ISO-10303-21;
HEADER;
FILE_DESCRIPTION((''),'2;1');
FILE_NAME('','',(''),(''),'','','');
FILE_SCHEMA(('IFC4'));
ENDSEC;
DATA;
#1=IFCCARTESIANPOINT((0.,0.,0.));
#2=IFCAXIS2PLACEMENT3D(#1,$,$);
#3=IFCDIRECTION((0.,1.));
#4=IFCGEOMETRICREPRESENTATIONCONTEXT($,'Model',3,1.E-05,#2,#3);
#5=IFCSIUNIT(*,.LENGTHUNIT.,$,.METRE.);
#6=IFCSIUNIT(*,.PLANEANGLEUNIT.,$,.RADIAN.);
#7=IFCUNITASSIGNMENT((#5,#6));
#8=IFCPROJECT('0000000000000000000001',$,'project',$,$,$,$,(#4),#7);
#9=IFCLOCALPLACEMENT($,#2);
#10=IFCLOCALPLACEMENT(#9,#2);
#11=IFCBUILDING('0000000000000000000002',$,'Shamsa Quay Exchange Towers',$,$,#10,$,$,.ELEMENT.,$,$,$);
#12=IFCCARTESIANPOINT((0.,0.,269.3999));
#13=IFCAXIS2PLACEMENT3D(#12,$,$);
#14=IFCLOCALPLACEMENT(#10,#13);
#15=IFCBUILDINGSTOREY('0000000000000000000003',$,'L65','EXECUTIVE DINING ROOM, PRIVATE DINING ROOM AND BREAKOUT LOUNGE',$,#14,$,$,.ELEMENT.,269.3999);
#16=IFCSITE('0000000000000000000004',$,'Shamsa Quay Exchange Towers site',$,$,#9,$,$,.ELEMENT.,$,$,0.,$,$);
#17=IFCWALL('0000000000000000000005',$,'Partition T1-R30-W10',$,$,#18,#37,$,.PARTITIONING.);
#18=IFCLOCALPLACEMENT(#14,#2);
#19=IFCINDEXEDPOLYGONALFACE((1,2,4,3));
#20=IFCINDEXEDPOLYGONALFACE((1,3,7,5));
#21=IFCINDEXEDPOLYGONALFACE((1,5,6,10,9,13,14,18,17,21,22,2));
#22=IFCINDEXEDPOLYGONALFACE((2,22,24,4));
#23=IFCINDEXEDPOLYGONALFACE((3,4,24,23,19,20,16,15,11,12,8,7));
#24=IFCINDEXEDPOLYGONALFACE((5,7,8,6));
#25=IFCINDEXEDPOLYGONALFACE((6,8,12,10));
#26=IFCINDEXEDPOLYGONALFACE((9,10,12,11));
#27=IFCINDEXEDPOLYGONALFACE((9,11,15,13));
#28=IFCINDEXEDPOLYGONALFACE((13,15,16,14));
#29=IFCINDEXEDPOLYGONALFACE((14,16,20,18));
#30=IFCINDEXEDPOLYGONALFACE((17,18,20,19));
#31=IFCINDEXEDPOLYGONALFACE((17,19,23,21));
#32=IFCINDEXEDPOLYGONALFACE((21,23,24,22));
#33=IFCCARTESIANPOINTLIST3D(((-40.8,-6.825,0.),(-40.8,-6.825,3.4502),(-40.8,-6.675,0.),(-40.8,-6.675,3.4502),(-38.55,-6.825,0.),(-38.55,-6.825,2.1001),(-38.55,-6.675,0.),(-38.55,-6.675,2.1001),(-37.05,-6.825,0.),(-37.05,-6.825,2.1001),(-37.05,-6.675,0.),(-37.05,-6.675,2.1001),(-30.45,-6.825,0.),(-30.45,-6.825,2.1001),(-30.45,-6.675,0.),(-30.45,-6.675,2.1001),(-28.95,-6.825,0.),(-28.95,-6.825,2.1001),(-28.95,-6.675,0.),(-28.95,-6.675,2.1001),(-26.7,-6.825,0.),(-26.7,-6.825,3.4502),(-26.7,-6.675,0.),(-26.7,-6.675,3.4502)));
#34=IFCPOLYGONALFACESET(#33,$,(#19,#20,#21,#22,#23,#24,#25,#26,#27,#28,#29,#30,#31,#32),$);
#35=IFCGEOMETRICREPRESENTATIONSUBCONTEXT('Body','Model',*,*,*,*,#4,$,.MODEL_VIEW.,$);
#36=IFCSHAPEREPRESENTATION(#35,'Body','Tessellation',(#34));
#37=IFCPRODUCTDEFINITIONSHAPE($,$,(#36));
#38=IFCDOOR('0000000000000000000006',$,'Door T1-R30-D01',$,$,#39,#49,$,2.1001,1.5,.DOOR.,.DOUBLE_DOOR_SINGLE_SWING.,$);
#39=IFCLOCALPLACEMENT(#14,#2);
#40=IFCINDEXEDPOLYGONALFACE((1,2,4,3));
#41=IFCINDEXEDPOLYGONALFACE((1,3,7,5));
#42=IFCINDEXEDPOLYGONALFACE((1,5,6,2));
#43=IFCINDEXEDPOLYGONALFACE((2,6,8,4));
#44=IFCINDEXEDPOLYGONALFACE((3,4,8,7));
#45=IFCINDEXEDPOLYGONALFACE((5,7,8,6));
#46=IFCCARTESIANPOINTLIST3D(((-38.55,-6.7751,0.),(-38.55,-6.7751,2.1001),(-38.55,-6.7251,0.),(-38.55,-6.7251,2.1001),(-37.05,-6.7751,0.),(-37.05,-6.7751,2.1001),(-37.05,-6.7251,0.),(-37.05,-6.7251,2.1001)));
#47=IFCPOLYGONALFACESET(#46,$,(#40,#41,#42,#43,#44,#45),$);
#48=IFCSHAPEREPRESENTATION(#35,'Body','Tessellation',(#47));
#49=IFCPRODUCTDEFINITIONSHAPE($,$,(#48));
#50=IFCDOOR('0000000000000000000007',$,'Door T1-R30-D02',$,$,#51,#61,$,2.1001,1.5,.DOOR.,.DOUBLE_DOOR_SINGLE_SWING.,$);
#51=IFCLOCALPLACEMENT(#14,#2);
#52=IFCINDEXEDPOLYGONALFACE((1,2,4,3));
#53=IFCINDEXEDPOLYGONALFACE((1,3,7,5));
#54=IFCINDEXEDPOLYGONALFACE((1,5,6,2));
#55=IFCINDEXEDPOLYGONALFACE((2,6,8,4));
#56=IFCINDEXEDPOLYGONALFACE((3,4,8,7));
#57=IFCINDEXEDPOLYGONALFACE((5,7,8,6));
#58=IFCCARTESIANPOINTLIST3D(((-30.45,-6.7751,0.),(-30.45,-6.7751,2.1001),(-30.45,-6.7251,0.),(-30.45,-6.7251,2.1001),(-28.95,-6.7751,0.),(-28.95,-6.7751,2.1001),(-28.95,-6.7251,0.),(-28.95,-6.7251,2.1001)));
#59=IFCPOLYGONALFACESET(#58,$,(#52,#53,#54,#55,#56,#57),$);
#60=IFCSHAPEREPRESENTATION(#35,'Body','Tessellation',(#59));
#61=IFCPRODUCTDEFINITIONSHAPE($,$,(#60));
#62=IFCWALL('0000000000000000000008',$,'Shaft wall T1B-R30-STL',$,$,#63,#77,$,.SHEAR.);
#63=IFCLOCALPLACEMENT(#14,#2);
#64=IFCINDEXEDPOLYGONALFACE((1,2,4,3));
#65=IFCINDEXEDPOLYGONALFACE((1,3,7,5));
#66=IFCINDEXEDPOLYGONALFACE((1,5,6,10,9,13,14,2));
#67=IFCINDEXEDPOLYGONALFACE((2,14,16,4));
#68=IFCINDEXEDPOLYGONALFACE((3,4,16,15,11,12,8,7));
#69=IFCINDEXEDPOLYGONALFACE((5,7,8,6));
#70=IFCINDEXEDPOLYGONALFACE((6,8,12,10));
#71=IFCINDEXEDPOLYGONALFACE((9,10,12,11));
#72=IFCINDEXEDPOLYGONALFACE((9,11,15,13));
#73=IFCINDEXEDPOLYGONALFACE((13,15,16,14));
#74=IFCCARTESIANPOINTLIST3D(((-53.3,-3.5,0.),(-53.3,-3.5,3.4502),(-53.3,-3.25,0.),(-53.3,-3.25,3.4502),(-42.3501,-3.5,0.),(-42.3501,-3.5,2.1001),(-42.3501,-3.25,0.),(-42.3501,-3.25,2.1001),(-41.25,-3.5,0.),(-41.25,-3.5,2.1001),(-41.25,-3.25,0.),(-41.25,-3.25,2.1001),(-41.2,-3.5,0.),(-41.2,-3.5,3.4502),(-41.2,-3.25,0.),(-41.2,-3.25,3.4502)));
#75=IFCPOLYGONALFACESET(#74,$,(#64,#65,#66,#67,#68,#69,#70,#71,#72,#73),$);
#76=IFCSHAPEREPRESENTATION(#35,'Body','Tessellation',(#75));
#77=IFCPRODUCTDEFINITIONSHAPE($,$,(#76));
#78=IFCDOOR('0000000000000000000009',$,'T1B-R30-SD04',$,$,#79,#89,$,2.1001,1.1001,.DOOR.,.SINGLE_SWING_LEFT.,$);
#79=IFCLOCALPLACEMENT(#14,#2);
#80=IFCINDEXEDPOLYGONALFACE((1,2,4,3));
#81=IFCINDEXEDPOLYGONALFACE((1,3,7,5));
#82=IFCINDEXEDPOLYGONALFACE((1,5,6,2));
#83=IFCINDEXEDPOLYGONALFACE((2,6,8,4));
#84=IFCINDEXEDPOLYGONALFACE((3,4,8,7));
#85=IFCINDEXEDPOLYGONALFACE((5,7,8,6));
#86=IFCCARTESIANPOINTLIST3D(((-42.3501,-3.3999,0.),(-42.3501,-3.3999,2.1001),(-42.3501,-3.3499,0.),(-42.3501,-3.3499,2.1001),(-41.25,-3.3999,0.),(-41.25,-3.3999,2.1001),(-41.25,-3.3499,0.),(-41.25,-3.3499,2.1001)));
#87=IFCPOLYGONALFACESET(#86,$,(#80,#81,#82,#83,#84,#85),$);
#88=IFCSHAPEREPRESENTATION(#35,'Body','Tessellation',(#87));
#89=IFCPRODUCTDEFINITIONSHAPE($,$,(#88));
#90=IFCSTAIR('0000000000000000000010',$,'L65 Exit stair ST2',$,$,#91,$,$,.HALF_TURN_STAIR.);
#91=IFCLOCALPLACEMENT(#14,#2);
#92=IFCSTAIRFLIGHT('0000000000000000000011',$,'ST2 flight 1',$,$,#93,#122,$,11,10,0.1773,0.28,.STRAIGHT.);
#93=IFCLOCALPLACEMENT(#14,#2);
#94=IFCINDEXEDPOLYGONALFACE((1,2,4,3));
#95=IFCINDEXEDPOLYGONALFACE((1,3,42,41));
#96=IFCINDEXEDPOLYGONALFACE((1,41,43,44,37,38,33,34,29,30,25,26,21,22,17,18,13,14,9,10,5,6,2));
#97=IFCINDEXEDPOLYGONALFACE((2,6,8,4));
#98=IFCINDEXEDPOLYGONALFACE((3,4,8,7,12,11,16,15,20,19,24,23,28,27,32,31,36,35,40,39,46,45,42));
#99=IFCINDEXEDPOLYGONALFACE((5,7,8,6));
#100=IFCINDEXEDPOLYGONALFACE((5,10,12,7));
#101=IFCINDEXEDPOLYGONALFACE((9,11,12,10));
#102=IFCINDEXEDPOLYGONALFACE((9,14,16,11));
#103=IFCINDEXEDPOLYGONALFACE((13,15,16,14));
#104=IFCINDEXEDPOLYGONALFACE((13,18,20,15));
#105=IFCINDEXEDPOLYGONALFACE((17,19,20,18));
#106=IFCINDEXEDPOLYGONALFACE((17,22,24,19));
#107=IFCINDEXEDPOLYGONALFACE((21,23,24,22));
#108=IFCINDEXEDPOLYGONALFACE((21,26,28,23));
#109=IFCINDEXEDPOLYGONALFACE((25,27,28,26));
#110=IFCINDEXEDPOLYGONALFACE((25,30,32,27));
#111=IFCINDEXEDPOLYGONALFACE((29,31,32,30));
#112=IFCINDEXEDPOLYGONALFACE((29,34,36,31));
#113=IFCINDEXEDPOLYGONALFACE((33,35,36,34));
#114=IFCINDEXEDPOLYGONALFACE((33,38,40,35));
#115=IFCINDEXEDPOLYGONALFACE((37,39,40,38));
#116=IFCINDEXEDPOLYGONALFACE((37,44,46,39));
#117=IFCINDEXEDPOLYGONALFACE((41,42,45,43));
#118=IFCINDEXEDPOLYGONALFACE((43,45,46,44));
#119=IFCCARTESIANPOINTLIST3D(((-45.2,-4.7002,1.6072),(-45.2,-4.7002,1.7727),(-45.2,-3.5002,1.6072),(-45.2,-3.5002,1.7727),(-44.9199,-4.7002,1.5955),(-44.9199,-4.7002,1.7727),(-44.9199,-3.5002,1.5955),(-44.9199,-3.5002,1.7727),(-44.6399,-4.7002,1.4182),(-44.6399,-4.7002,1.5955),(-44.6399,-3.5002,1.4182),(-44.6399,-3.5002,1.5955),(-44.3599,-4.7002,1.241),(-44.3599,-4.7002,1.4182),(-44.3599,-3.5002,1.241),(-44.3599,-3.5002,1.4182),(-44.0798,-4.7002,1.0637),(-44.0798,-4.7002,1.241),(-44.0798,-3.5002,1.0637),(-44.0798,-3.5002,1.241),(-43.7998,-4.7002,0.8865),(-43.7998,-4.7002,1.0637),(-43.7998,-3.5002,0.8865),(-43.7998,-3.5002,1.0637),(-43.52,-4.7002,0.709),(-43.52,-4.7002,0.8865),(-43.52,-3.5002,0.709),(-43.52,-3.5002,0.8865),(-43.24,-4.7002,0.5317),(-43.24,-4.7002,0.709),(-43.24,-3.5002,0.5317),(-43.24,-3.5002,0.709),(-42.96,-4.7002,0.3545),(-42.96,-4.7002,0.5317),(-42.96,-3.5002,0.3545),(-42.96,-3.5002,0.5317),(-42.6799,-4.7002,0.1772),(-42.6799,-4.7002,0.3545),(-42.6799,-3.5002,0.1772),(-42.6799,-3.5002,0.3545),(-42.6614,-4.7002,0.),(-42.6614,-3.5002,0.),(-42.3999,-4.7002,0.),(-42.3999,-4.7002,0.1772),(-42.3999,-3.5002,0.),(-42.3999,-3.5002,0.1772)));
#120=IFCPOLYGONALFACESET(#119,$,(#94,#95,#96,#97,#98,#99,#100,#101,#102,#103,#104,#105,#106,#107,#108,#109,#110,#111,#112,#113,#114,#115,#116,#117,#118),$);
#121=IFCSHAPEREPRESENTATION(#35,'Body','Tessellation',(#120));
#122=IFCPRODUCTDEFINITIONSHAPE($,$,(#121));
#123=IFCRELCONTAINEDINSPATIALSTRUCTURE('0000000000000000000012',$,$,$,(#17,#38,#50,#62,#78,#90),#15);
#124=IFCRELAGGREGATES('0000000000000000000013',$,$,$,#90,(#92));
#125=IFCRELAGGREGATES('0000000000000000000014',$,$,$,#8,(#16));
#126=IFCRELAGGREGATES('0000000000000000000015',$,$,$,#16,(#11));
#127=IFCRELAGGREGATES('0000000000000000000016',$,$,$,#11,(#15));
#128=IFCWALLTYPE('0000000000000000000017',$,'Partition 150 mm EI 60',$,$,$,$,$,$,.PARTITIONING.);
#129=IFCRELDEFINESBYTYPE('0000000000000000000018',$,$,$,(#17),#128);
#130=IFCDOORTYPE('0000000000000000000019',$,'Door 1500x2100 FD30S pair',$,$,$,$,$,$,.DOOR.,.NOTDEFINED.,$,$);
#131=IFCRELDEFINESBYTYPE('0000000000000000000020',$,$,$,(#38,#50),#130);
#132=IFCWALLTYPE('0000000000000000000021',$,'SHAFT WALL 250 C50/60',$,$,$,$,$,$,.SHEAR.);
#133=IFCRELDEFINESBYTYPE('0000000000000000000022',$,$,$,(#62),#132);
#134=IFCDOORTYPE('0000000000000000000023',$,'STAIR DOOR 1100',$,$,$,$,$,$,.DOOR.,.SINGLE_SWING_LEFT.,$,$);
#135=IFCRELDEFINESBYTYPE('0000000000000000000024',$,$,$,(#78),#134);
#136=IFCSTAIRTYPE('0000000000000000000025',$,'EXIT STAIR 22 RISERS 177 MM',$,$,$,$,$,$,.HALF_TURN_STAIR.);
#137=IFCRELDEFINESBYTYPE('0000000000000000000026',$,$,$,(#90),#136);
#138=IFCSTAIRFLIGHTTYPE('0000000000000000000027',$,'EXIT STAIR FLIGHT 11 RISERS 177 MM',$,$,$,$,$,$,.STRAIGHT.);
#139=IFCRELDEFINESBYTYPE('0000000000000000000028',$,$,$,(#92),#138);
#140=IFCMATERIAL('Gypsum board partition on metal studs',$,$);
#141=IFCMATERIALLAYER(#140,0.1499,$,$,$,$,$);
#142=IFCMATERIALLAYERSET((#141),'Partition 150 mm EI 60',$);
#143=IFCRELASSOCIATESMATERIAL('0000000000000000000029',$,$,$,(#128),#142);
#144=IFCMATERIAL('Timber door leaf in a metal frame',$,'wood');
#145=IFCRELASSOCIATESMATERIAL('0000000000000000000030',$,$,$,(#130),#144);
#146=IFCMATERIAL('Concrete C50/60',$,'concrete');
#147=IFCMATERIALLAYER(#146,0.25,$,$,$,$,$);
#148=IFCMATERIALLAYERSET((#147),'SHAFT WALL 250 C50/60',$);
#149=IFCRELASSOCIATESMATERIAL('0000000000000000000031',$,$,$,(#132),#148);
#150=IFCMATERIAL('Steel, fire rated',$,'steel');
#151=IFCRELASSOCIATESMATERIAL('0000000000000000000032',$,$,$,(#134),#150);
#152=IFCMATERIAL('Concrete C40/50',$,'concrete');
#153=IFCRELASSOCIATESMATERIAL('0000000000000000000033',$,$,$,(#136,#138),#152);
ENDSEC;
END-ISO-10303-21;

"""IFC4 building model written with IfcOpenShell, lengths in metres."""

from ifc_helpers import new_model, si_unit, direction, frame, frame_2d, origin, place, context, subcontext, project, spatial, polyline, rectangle, outline, extrude, material, layer, layer_set, type_object, element, fill, aggregate, save


model = new_model("IFC4")

# Units and contexts
model_context = context("Model", 3, precision=1e-05, world=origin(), true_north=direction((0.0, 1.0)))
body_context = subcontext(model_context, "Body", "Model", "MODEL_VIEW")
ifc_project = project(units=[si_unit("LENGTHUNIT", "METRE"), si_unit("PLANEANGLEUNIT", "RADIAN")], contexts=[model_context])

# Site, building, storey
site_placement = place(None, origin())
site = spatial("IfcSite", under=ifc_project, at=site_placement, Name="Shamsa Quay Exchange Towers site", CompositionType="ELEMENT", RefElevation=0.0)
building_placement = place(site_placement, origin())
building = spatial("IfcBuilding", under=site, at=building_placement, Name="Shamsa Quay Exchange Towers", CompositionType="ELEMENT")
storey_placement = place(building_placement, frame((0.0, 0.0, 269.3999)))
storey = spatial("IfcBuildingStorey", under=building, at=storey_placement, Name="L65", Description="EXECUTIVE DINING ROOM, PRIVATE DINING ROOM AND BREAKOUT LOUNGE", CompositionType="ELEMENT", Elevation=269.3999)

# Shared definitions
ifc_material_1 = material(Name="Steel, fire rated", Category="steel")
ifc_material_2 = material(Name="Gypsum board partition on metal studs")
ifc_layer_1 = layer(ifc_material_2, 0.1499)
ifc_layer_set_1 = layer_set([ifc_layer_1], Name="Partition 150 mm EI 60")
wall_type_1 = type_object("IfcWallType", Name="Partition 150 mm EI 60", PredefinedType="PARTITIONING", material=ifc_layer_set_1)
ifc_material_3 = material(Name="Timber door leaf in a metal frame", Category="wood")
door_type_1 = type_object("IfcDoorType", Name="Door 1500x2100 FD30S pair", OperationType="NOTDEFINED", PredefinedType="DOOR", material=ifc_material_3)

# Wall, openings, doors
wall_1_placement = place(storey_placement, frame((-40.8, -6.75, 0.0)))
wall_1 = element("IfcWall", 1, at=wall_1_placement, inside=storey, type_object=wall_type_1, Name="Partition T1-R30-W10", PredefinedType="PARTITIONING", context=body_context, shape_type="SweptSolid", body=[
    extrude(rectangle(XDim=14.1001, YDim=0.1499, at=frame_2d((7.05, 0.0))), origin(), (0.0, 0.0, 1.0), 3.4502),
])
opening_1_placement = place(wall_1_placement, frame((2.25, 0.0, 0.0)))
opening_1 = element("IfcOpeningElement", 2, at=opening_1_placement, cuts=wall_1, PredefinedType="OPENING", context=body_context, shape_type="SweptSolid", body=[
    extrude(rectangle(XDim=1.5, YDim=2.1001, at=frame_2d((0.75, 1.05))), frame((0.0, 0.085, 0.0), z_axis=(0.0, -1.0, 0.0), x_axis=(1.0, 0.0, 0.0)), (0.0, 0.0, 1.0), 0.1699),
])
opening_2_placement = place(wall_1_placement, frame((10.3501, 0.0, 0.0)))
opening_2 = element("IfcOpeningElement", 3, at=opening_2_placement, cuts=wall_1, PredefinedType="OPENING", context=body_context, shape_type="SweptSolid", body=[
    extrude(rectangle(XDim=1.5, YDim=2.1001, at=frame_2d((0.75, 1.05))), frame((0.0, 0.085, 0.0), z_axis=(0.0, -1.0, 0.0), x_axis=(1.0, 0.0, 0.0)), (0.0, 0.0, 1.0), 0.1699),
])
door_1_placement = place(opening_1_placement, origin())
door_1 = element("IfcDoor", 4, at=door_1_placement, inside=storey, type_object=door_type_1, Name="Door T1-R30-D01", OperationType="DOUBLE_DOOR_SINGLE_SWING", OverallHeight=2.1001, OverallWidth=1.5, PredefinedType="DOOR", context=body_context, shape_type="SweptSolid", body=[
    extrude(rectangle(XDim=1.5, YDim=2.1001, at=frame_2d((0.75, 1.05))), frame((0.0, 0.0249, 0.0), z_axis=(0.0, -1.0, 0.0), x_axis=(1.0, 0.0, 0.0)), (0.0, 0.0, 1.0), 0.05),
])
fill(opening_1, door_1)
door_2_placement = place(opening_2_placement, origin())
door_2 = element("IfcDoor", 5, at=door_2_placement, inside=storey, type_object=door_type_1, Name="Door T1-R30-D02", OperationType="DOUBLE_DOOR_SINGLE_SWING", OverallHeight=2.1001, OverallWidth=1.5, PredefinedType="DOOR", context=body_context, shape_type="SweptSolid", body=[
    extrude(rectangle(XDim=1.5, YDim=2.1001, at=frame_2d((0.75, 1.05))), frame((0.0, 0.0249, 0.0), z_axis=(0.0, -1.0, 0.0), x_axis=(1.0, 0.0, 0.0)), (0.0, 0.0, 1.0), 0.05),
])
fill(opening_2, door_2)

# Wall, opening, door
ifc_material_4 = material(Name="Concrete C50/60", Category="concrete")
ifc_layer_2 = layer(ifc_material_4, 0.25)
ifc_layer_set_2 = layer_set([ifc_layer_2], Name="SHAFT WALL 250 C50/60")
wall_type_2 = type_object("IfcWallType", Name="SHAFT WALL 250 C50/60", PredefinedType="SHEAR", material=ifc_layer_set_2)
wall_2_placement = place(storey_placement, frame((-41.2, -3.375, 0.0), z_axis=(0.0, 0.0, 1.0), x_axis=(-1.0, 0.0, 0.0)))
wall_2 = element("IfcWall", 6, at=wall_2_placement, inside=storey, type_object=wall_type_2, Name="Shaft wall T1B-R30-STL", PredefinedType="SHEAR", context=body_context, shape_type="SweptSolid", body=[
    extrude(rectangle(XDim=12.1001, YDim=0.25, at=frame_2d((6.05, 0.0))), origin(), (0.0, 0.0, 1.0), 3.4502),
])
opening_3_placement = place(wall_2_placement, frame((0.05, 0.0, 0.0)))
opening_3 = element("IfcOpeningElement", 7, at=opening_3_placement, cuts=wall_2, PredefinedType="OPENING", context=body_context, shape_type="SweptSolid", body=[
    extrude(rectangle(XDim=1.1001, YDim=2.1001, at=frame_2d((0.55, 1.05))), frame((0.0, 0.135, 0.0), z_axis=(0.0, -1.0, 0.0), x_axis=(1.0, 0.0, 0.0)), (0.0, 0.0, 1.0), 0.27),
])
door_type_2 = type_object("IfcDoorType", Name="STAIR DOOR 1100", OperationType="SINGLE_SWING_LEFT", PredefinedType="DOOR", material=ifc_material_1)
door_3_placement = place(opening_3_placement, origin())
door_3 = element("IfcDoor", 8, at=door_3_placement, inside=storey, type_object=door_type_2, Name="T1B-R30-SD04", OperationType="SINGLE_SWING_LEFT", OverallHeight=2.1001, OverallWidth=1.1001, PredefinedType="DOOR", context=body_context, shape_type="SweptSolid", body=[
    extrude(rectangle(XDim=1.1001, YDim=2.1001, at=frame_2d((0.55, 1.05))), frame((0.0, 0.0249, 0.0), z_axis=(0.0, -1.0, 0.0), x_axis=(1.0, 0.0, 0.0)), (0.0, 0.0, 1.0), 0.05),
])
fill(opening_3, door_3)

# Stair, stair flight
ifc_material_5 = material(Name="Concrete C40/50", Category="concrete")
stair_type = type_object("IfcStairType", Name="EXIT STAIR 22 RISERS 177 MM", PredefinedType="HALF_TURN_STAIR", material=ifc_material_5)
stair_placement = place(storey_placement, origin())
stair = element("IfcStair", 9, at=stair_placement, inside=storey, type_object=stair_type, Name="L65 Exit stair ST2", PredefinedType="HALF_TURN_STAIR")
stair_flight_type = type_object("IfcStairFlightType", Name="EXIT STAIR FLIGHT 11 RISERS 177 MM", PredefinedType="STRAIGHT", material=ifc_material_5)
stair_flight_placement = place(storey_placement, frame((-42.3999, -4.1001, 0.0), z_axis=(0.0, 0.0, 1.0), x_axis=(-1.0, 0.0, 0.0)))
stair_flight = element("IfcStairFlight", 10, at=stair_flight_placement, type_object=stair_flight_type, Name="ST2 flight 1", NumberOfRisers=11, NumberOfTreads=10, PredefinedType="STRAIGHT", RiserHeight=0.1773, TreadLength=0.28, context=body_context, shape_type="SweptSolid", body=[
    extrude(outline(polyline([(0.0, 0.0), (0.0, 0.1772), (0.28, 0.1772), (0.28, 0.3545), (0.5601, 0.3545), (0.5601, 0.5317), (0.8401, 0.5317), (0.8401, 0.709), (1.1201, 0.709), (1.1201, 0.8865), (1.3999, 0.8865), (1.3999, 1.0637), (1.6799, 1.0637), (1.6799, 1.241), (1.96, 1.241), (1.96, 1.4182), (2.24, 1.4182), (2.24, 1.5955), (2.52, 1.5955), (2.52, 1.7727), (2.8, 1.7727), (2.8, 1.95), (2.8, 1.6072), (0.2615, 0.0), (0.0, 0.0)])), frame((0.0, 0.6001, 0.0), z_axis=(0.0, -1.0, 0.0), x_axis=(1.0, 0.0, 0.0)), (0.0, 0.0, 1.0), 1.2),
])
aggregate(stair, [stair_flight])

save(model, "model.ifc")
